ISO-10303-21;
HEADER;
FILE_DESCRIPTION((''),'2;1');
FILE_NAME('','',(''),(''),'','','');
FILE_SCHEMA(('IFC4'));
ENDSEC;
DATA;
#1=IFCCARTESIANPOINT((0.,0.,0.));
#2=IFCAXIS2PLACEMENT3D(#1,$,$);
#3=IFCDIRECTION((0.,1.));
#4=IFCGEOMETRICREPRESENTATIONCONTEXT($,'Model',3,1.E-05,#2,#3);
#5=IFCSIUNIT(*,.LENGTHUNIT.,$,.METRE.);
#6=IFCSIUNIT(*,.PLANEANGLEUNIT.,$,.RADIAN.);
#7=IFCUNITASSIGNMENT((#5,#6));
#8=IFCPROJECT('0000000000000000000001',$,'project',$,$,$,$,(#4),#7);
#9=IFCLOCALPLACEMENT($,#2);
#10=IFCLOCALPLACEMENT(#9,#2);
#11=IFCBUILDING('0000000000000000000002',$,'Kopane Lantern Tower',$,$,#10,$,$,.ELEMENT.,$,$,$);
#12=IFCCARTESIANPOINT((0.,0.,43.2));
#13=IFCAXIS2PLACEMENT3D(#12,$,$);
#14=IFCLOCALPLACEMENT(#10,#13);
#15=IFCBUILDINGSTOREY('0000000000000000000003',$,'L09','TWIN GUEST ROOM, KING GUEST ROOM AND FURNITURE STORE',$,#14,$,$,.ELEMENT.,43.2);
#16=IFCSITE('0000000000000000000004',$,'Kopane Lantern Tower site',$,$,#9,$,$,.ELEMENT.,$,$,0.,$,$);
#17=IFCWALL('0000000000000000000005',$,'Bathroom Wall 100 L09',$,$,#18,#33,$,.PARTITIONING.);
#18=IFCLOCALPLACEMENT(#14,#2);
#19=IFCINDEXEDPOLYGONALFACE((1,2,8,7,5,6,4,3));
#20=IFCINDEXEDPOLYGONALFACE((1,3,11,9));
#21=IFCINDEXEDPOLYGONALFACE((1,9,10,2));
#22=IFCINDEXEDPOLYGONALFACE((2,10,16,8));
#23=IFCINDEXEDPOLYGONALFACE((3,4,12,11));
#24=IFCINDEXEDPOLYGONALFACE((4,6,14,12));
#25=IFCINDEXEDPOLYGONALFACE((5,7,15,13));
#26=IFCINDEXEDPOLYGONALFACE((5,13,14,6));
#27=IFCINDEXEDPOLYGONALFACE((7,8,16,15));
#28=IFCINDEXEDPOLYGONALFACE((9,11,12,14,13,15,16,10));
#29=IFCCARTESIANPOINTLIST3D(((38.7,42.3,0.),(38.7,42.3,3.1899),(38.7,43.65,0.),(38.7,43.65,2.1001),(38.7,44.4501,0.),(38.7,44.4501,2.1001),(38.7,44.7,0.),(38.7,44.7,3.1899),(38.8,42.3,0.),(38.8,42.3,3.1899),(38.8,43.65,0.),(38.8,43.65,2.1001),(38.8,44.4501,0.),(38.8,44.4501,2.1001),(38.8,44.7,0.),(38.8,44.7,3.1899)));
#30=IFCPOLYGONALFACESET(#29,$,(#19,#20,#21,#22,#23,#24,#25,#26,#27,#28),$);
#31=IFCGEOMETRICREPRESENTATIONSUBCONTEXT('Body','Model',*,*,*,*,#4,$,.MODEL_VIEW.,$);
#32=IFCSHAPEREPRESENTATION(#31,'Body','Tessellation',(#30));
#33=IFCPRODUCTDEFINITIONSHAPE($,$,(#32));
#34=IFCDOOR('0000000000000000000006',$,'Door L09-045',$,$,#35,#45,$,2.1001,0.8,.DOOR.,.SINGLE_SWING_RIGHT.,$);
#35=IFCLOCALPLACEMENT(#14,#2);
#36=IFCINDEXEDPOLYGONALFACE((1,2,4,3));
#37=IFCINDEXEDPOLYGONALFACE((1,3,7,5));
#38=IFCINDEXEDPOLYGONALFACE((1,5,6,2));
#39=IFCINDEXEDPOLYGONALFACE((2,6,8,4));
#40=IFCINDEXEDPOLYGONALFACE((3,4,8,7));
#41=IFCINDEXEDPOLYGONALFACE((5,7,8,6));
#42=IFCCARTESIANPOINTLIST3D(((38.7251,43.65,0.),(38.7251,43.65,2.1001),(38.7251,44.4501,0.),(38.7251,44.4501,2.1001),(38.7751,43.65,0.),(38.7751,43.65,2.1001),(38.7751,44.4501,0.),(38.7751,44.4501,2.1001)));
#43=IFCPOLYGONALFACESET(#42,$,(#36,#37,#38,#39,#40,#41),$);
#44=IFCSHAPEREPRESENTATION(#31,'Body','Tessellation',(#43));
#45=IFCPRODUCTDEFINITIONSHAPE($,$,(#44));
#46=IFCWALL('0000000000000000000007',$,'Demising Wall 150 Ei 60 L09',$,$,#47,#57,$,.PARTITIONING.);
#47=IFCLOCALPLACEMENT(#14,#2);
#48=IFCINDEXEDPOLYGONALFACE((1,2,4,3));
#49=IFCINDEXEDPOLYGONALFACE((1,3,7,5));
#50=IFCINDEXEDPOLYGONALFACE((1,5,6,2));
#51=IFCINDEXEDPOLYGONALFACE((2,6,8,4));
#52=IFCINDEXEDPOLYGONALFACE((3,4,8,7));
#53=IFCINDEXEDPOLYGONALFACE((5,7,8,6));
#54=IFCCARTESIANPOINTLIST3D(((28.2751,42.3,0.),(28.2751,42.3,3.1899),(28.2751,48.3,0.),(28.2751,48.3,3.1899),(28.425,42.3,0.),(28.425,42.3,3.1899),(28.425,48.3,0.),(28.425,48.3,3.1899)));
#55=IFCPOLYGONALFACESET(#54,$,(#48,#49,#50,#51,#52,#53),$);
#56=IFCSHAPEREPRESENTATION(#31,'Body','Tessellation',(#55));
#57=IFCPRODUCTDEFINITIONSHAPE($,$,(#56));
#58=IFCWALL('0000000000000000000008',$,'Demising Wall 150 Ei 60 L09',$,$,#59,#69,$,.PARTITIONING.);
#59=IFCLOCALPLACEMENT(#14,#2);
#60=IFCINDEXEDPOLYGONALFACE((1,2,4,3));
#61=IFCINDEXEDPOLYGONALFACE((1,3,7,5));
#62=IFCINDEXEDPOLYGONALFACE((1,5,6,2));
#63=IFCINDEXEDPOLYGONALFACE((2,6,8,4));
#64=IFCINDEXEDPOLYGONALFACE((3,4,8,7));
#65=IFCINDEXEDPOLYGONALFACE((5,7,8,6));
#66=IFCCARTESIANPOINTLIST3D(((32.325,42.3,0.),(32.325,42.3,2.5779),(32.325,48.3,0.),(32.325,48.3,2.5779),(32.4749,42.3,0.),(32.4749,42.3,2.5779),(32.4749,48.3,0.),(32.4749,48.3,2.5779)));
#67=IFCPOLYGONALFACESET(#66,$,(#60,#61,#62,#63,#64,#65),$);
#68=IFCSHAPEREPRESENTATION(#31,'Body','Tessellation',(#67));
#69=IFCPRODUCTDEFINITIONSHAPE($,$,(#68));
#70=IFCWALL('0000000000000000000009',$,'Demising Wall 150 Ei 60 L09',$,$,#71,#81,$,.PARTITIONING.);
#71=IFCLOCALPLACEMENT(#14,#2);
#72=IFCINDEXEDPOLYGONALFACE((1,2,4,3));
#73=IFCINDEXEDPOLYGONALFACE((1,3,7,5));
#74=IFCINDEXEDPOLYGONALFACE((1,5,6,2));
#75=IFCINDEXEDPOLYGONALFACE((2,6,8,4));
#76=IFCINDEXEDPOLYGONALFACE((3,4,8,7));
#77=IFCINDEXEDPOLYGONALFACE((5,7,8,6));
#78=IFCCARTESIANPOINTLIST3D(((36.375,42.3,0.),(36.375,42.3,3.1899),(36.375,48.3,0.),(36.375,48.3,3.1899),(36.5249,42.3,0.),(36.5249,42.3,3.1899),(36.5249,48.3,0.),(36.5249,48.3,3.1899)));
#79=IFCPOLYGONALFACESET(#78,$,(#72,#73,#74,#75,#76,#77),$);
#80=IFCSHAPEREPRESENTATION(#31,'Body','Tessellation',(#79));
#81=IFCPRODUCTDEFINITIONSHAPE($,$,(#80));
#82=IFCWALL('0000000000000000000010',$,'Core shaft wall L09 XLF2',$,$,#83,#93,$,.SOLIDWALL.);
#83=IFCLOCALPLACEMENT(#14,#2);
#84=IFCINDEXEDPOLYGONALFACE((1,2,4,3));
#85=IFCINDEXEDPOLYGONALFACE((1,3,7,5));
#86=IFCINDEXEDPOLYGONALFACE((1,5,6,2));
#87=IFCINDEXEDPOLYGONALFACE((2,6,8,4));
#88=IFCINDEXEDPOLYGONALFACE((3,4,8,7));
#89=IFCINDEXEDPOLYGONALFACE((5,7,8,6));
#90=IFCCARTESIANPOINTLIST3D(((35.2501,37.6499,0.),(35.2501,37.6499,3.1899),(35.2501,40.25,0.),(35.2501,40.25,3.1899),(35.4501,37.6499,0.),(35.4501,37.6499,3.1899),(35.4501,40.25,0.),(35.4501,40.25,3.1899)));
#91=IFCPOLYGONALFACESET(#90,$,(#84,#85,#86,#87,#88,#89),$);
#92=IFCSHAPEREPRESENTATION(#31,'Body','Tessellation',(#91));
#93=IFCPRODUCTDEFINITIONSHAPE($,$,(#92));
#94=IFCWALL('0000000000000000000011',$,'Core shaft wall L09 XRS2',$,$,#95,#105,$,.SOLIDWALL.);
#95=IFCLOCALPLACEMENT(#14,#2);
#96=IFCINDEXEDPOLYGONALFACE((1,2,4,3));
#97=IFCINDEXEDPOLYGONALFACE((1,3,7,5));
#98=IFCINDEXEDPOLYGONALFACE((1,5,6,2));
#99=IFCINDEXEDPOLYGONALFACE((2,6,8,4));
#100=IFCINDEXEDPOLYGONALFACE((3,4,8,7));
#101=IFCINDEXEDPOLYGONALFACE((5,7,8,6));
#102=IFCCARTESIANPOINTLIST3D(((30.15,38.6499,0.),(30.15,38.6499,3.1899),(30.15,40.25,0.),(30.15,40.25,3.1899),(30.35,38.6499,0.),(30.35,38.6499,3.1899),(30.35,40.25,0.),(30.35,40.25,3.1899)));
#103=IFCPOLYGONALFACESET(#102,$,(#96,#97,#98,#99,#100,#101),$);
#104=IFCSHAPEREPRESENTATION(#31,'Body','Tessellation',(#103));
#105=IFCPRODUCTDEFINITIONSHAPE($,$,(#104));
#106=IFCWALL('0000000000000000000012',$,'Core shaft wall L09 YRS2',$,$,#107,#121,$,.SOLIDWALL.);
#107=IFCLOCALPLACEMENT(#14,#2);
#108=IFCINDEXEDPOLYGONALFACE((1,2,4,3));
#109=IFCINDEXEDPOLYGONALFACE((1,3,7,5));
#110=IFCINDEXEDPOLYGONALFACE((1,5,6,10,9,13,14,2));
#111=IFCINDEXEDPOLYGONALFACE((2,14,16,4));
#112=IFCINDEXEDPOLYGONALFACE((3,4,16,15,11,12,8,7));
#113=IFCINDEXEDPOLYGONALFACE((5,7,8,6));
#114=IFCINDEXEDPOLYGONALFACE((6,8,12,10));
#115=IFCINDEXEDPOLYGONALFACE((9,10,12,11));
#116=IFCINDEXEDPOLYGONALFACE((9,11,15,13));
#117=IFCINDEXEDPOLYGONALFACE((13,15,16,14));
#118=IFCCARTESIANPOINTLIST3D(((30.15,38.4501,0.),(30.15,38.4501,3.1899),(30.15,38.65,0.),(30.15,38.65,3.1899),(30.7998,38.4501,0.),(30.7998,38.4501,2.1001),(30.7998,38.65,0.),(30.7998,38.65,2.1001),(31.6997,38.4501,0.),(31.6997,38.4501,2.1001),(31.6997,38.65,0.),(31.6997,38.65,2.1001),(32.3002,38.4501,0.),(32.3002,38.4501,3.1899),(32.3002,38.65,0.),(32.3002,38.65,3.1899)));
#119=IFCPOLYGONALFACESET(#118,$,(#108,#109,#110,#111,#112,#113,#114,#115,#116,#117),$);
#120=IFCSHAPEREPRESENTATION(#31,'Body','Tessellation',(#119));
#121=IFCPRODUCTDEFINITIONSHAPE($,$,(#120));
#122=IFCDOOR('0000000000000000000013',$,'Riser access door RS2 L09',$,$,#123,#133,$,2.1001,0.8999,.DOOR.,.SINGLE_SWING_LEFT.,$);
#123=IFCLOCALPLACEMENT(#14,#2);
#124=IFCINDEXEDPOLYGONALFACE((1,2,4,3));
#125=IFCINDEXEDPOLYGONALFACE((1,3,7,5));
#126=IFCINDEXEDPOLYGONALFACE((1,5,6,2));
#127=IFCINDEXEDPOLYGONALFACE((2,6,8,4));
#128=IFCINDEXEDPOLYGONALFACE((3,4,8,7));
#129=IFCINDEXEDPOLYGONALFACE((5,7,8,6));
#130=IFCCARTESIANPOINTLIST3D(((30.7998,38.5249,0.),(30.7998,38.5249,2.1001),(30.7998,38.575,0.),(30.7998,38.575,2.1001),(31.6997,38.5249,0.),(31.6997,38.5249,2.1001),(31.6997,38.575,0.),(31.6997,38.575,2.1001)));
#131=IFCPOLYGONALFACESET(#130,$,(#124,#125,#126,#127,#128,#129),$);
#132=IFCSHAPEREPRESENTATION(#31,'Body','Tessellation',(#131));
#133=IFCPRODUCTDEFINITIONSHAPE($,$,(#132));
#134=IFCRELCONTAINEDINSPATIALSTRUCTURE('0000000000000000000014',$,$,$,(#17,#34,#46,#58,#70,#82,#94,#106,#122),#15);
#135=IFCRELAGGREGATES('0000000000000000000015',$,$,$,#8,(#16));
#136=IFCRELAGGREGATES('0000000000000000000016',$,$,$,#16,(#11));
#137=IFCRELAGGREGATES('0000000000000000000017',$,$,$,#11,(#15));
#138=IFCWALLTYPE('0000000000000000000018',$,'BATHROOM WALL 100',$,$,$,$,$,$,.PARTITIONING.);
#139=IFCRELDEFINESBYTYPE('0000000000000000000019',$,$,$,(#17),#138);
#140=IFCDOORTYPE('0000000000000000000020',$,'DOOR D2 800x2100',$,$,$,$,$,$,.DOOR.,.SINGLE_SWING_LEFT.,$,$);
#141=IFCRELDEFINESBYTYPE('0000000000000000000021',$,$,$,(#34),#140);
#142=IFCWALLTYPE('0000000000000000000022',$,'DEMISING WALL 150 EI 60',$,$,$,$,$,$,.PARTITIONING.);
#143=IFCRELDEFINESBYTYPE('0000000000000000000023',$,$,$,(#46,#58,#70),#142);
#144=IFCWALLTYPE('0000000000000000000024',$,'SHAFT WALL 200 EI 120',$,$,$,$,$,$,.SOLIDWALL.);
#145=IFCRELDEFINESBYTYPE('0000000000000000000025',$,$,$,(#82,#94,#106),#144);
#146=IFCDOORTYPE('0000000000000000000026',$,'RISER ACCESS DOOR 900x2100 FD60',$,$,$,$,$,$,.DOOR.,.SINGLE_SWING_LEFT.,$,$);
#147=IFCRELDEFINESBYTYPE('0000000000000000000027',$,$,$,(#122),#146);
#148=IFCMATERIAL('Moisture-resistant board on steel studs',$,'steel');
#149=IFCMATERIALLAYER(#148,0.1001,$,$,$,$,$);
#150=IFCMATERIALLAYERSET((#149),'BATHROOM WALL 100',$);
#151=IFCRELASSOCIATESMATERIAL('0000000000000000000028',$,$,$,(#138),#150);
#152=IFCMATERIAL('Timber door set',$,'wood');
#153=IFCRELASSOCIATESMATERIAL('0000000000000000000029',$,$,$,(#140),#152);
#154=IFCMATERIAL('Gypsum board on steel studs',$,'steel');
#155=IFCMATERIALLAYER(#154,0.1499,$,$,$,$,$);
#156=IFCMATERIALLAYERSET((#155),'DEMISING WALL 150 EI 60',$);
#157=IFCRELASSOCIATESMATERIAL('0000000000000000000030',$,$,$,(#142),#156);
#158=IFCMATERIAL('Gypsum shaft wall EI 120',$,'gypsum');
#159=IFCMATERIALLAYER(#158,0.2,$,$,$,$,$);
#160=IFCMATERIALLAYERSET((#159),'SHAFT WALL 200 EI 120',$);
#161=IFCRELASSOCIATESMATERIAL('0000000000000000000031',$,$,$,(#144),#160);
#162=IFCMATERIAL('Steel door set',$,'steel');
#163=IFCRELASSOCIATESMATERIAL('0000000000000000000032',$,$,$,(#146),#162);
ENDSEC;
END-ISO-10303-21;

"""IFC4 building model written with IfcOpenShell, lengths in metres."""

from ifc_helpers import new_model, si_unit, direction, frame, frame_2d, origin, place, context, subcontext, project, spatial, rectangle, extrude, material, layer, layer_set, type_object, element, fill, save


model = new_model("IFC4")

# Units and contexts
model_context = context("Model", 3, precision=1e-05, world=origin(), true_north=direction((0.0, 1.0)))
body_context = subcontext(model_context, "Body", "Model", "MODEL_VIEW")
ifc_project = project(units=[si_unit("LENGTHUNIT", "METRE"), si_unit("PLANEANGLEUNIT", "RADIAN")], contexts=[model_context])

# Site, building, storey
site_placement = place(None, origin())
site = spatial("IfcSite", under=ifc_project, at=site_placement, Name="Kopane Lantern Tower site", CompositionType="ELEMENT", RefElevation=0.0)
building_placement = place(site_placement, origin())
building = spatial("IfcBuilding", under=site, at=building_placement, Name="Kopane Lantern Tower", CompositionType="ELEMENT")
storey_placement = place(building_placement, frame((0.0, 0.0, 43.2)))
storey = spatial("IfcBuildingStorey", under=building, at=storey_placement, Name="L09", Description="TWIN GUEST ROOM, KING GUEST ROOM AND FURNITURE STORE", CompositionType="ELEMENT", Elevation=43.2)

# Shared definitions
ifc_material_1 = material(Name="Moisture-resistant board on steel studs", Category="steel")
ifc_layer_1 = layer(ifc_material_1, 0.1001)
ifc_layer_set_1 = layer_set([ifc_layer_1], Name="BATHROOM WALL 100")
wall_type_1 = type_object("IfcWallType", Name="BATHROOM WALL 100", PredefinedType="PARTITIONING", material=ifc_layer_set_1)
ifc_material_2 = material(Name="Timber door set", Category="wood")
door_type_1 = type_object("IfcDoorType", Name="DOOR D2 800x2100", OperationType="SINGLE_SWING_LEFT", PredefinedType="DOOR", material=ifc_material_2)

# Wall, opening, door
wall_1_placement = place(storey_placement, frame((38.75, 42.3, 0.0), z_axis=(0.0, 0.0, 1.0), x_axis=(0.0, 1.0, 0.0)))
wall_1 = element("IfcWall", 1, at=wall_1_placement, inside=storey, type_object=wall_type_1, Name="Bathroom Wall 100 L09", PredefinedType="PARTITIONING", context=body_context, shape_type="SweptSolid", body=[
    extrude(rectangle(XDim=2.3999, YDim=0.1001, at=frame_2d((1.2, 0.0))), origin(), (0.0, 0.0, 1.0), 3.1899),
])
opening_1_placement = place(wall_1_placement, frame((1.3501, 0.0, 0.0)))
opening_1 = element("IfcOpeningElement", 2, at=opening_1_placement, cuts=wall_1, PredefinedType="OPENING", context=body_context, shape_type="SweptSolid", body=[
    extrude(rectangle(XDim=0.8, YDim=2.1001, at=frame_2d((0.3999, 1.05))), frame((0.0, 0.0601, 0.0), z_axis=(0.0, -1.0, 0.0), x_axis=(1.0, 0.0, 0.0)), (0.0, 0.0, 1.0), 0.1201),
])
door_1_placement = place(opening_1_placement, origin())
door_1 = element("IfcDoor", 3, at=door_1_placement, inside=storey, type_object=door_type_1, Name="Door L09-045", OperationType="SINGLE_SWING_RIGHT", OverallHeight=2.1001, OverallWidth=0.8, PredefinedType="DOOR", context=body_context, shape_type="SweptSolid", body=[
    extrude(rectangle(XDim=0.8, YDim=2.1001, at=frame_2d((0.3999, 1.05))), frame((0.0, 0.0249, 0.0), z_axis=(0.0, -1.0, 0.0), x_axis=(1.0, 0.0, 0.0)), (0.0, 0.0, 1.0), 0.05),
])
fill(opening_1, door_1)

# Walls
ifc_material_3 = material(Name="Gypsum board on steel studs", Category="steel")
ifc_layer_2 = layer(ifc_material_3, 0.1499)
ifc_layer_set_2 = layer_set([ifc_layer_2], Name="DEMISING WALL 150 EI 60")
wall_type_2 = type_object("IfcWallType", Name="DEMISING WALL 150 EI 60", PredefinedType="PARTITIONING", material=ifc_layer_set_2)
wall_2_placement = place(storey_placement, frame((28.3501, 42.3, 0.0), z_axis=(0.0, 0.0, 1.0), x_axis=(0.0, 1.0, 0.0)))
element("IfcWall", 4, at=wall_2_placement, inside=storey, type_object=wall_type_2, Name="Demising Wall 150 Ei 60 L09", PredefinedType="PARTITIONING", context=body_context, shape_type="SweptSolid", body=[
    extrude(rectangle(XDim=6.0, YDim=0.1499, at=frame_2d((3.0, 0.0))), origin(), (0.0, 0.0, 1.0), 3.1899),
])
wall_3_placement = place(storey_placement, frame((32.3999, 42.3, 0.0), z_axis=(0.0, 0.0, 1.0), x_axis=(0.0, 1.0, 0.0)))
element("IfcWall", 5, at=wall_3_placement, inside=storey, type_object=wall_type_2, Name="Demising Wall 150 Ei 60 L09", PredefinedType="PARTITIONING", context=body_context, shape_type="SweptSolid", body=[
    extrude(rectangle(XDim=6.0, YDim=0.1499, at=frame_2d((3.0, 0.0))), origin(), (0.0, 0.0, 1.0), 2.5779),
])
wall_4_placement = place(storey_placement, frame((36.45, 42.3, 0.0), z_axis=(0.0, 0.0, 1.0), x_axis=(0.0, 1.0, 0.0)))
element("IfcWall", 6, at=wall_4_placement, inside=storey, type_object=wall_type_2, Name="Demising Wall 150 Ei 60 L09", PredefinedType="PARTITIONING", context=body_context, shape_type="SweptSolid", body=[
    extrude(rectangle(XDim=6.0, YDim=0.1499, at=frame_2d((3.0, 0.0))), origin(), (0.0, 0.0, 1.0), 3.1899),
])
ifc_material_4 = material(Name="Gypsum shaft wall EI 120", Category="gypsum")
ifc_layer_3 = layer(ifc_material_4, 0.2)
ifc_layer_set_3 = layer_set([ifc_layer_3], Name="SHAFT WALL 200 EI 120")
wall_type_3 = type_object("IfcWallType", Name="SHAFT WALL 200 EI 120", PredefinedType="SOLIDWALL", material=ifc_layer_set_3)
wall_5_placement = place(storey_placement, frame((35.3501, 37.6499, 0.0), z_axis=(0.0, 0.0, 1.0), x_axis=(0.0, 1.0, 0.0)))
element("IfcWall", 7, at=wall_5_placement, inside=storey, type_object=wall_type_3, Name="Core shaft wall L09 XLF2", PredefinedType="SOLIDWALL", context=body_context, shape_type="SweptSolid", body=[
    extrude(rectangle(XDim=2.6001, YDim=0.2, at=frame_2d((1.3, 0.0))), origin(), (0.0, 0.0, 1.0), 3.1899),
])
wall_6_placement = place(storey_placement, frame((30.25, 38.6499, 0.0), z_axis=(0.0, 0.0, 1.0), x_axis=(0.0, 1.0, 0.0)))
element("IfcWall", 8, at=wall_6_placement, inside=storey, type_object=wall_type_3, Name="Core shaft wall L09 XRS2", PredefinedType="SOLIDWALL", context=body_context, shape_type="SweptSolid", body=[
    extrude(rectangle(XDim=1.6001, YDim=0.2, at=frame_2d((0.8, 0.0))), origin(), (0.0, 0.0, 1.0), 3.1899),
])

# Wall, opening, door
wall_7_placement = place(storey_placement, frame((30.1499, 38.55, 0.0), z_axis=(0.0, 0.0, 1.0), x_axis=(1.0, 0.0, 0.0)))
wall_7 = element("IfcWall", 9, at=wall_7_placement, inside=storey, type_object=wall_type_3, Name="Core shaft wall L09 YRS2", PredefinedType="SOLIDWALL", context=body_context, shape_type="SweptSolid", body=[
    extrude(rectangle(XDim=2.1501, YDim=0.2, at=frame_2d((1.0752, 0.0))), origin(), (0.0, 0.0, 1.0), 3.1899),
])
opening_2_placement = place(wall_7_placement, frame((0.6499, 0.0, 0.0)))
opening_2 = element("IfcOpeningElement", 10, at=opening_2_placement, cuts=wall_7, PredefinedType="OPENING", context=body_context, shape_type="SweptSolid", body=[
    extrude(rectangle(XDim=0.8999, YDim=2.1001, at=frame_2d((0.45, 1.05))), frame((0.0, 0.1099, 0.0), z_axis=(0.0, -1.0, 0.0), x_axis=(1.0, 0.0, 0.0)), (0.0, 0.0, 1.0), 0.22),
])
ifc_material_5 = material(Name="Steel door set", Category="steel")
door_type_2 = type_object("IfcDoorType", Name="RISER ACCESS DOOR 900x2100 FD60", OperationType="SINGLE_SWING_LEFT", PredefinedType="DOOR", material=ifc_material_5)
door_2_placement = place(opening_2_placement, origin())
door_2 = element("IfcDoor", 11, at=door_2_placement, inside=storey, type_object=door_type_2, Name="Riser access door RS2 L09", OperationType="SINGLE_SWING_LEFT", OverallHeight=2.1001, OverallWidth=0.8999, PredefinedType="DOOR", context=body_context, shape_type="SweptSolid", body=[
    extrude(rectangle(XDim=0.8999, YDim=2.1001, at=frame_2d((0.45, 1.05))), frame((0.0, 0.0249, 0.0), z_axis=(0.0, -1.0, 0.0), x_axis=(1.0, 0.0, 0.0)), (0.0, 0.0, 1.0), 0.05),
])
fill(opening_2, door_2)

save(model, "model.ifc")
